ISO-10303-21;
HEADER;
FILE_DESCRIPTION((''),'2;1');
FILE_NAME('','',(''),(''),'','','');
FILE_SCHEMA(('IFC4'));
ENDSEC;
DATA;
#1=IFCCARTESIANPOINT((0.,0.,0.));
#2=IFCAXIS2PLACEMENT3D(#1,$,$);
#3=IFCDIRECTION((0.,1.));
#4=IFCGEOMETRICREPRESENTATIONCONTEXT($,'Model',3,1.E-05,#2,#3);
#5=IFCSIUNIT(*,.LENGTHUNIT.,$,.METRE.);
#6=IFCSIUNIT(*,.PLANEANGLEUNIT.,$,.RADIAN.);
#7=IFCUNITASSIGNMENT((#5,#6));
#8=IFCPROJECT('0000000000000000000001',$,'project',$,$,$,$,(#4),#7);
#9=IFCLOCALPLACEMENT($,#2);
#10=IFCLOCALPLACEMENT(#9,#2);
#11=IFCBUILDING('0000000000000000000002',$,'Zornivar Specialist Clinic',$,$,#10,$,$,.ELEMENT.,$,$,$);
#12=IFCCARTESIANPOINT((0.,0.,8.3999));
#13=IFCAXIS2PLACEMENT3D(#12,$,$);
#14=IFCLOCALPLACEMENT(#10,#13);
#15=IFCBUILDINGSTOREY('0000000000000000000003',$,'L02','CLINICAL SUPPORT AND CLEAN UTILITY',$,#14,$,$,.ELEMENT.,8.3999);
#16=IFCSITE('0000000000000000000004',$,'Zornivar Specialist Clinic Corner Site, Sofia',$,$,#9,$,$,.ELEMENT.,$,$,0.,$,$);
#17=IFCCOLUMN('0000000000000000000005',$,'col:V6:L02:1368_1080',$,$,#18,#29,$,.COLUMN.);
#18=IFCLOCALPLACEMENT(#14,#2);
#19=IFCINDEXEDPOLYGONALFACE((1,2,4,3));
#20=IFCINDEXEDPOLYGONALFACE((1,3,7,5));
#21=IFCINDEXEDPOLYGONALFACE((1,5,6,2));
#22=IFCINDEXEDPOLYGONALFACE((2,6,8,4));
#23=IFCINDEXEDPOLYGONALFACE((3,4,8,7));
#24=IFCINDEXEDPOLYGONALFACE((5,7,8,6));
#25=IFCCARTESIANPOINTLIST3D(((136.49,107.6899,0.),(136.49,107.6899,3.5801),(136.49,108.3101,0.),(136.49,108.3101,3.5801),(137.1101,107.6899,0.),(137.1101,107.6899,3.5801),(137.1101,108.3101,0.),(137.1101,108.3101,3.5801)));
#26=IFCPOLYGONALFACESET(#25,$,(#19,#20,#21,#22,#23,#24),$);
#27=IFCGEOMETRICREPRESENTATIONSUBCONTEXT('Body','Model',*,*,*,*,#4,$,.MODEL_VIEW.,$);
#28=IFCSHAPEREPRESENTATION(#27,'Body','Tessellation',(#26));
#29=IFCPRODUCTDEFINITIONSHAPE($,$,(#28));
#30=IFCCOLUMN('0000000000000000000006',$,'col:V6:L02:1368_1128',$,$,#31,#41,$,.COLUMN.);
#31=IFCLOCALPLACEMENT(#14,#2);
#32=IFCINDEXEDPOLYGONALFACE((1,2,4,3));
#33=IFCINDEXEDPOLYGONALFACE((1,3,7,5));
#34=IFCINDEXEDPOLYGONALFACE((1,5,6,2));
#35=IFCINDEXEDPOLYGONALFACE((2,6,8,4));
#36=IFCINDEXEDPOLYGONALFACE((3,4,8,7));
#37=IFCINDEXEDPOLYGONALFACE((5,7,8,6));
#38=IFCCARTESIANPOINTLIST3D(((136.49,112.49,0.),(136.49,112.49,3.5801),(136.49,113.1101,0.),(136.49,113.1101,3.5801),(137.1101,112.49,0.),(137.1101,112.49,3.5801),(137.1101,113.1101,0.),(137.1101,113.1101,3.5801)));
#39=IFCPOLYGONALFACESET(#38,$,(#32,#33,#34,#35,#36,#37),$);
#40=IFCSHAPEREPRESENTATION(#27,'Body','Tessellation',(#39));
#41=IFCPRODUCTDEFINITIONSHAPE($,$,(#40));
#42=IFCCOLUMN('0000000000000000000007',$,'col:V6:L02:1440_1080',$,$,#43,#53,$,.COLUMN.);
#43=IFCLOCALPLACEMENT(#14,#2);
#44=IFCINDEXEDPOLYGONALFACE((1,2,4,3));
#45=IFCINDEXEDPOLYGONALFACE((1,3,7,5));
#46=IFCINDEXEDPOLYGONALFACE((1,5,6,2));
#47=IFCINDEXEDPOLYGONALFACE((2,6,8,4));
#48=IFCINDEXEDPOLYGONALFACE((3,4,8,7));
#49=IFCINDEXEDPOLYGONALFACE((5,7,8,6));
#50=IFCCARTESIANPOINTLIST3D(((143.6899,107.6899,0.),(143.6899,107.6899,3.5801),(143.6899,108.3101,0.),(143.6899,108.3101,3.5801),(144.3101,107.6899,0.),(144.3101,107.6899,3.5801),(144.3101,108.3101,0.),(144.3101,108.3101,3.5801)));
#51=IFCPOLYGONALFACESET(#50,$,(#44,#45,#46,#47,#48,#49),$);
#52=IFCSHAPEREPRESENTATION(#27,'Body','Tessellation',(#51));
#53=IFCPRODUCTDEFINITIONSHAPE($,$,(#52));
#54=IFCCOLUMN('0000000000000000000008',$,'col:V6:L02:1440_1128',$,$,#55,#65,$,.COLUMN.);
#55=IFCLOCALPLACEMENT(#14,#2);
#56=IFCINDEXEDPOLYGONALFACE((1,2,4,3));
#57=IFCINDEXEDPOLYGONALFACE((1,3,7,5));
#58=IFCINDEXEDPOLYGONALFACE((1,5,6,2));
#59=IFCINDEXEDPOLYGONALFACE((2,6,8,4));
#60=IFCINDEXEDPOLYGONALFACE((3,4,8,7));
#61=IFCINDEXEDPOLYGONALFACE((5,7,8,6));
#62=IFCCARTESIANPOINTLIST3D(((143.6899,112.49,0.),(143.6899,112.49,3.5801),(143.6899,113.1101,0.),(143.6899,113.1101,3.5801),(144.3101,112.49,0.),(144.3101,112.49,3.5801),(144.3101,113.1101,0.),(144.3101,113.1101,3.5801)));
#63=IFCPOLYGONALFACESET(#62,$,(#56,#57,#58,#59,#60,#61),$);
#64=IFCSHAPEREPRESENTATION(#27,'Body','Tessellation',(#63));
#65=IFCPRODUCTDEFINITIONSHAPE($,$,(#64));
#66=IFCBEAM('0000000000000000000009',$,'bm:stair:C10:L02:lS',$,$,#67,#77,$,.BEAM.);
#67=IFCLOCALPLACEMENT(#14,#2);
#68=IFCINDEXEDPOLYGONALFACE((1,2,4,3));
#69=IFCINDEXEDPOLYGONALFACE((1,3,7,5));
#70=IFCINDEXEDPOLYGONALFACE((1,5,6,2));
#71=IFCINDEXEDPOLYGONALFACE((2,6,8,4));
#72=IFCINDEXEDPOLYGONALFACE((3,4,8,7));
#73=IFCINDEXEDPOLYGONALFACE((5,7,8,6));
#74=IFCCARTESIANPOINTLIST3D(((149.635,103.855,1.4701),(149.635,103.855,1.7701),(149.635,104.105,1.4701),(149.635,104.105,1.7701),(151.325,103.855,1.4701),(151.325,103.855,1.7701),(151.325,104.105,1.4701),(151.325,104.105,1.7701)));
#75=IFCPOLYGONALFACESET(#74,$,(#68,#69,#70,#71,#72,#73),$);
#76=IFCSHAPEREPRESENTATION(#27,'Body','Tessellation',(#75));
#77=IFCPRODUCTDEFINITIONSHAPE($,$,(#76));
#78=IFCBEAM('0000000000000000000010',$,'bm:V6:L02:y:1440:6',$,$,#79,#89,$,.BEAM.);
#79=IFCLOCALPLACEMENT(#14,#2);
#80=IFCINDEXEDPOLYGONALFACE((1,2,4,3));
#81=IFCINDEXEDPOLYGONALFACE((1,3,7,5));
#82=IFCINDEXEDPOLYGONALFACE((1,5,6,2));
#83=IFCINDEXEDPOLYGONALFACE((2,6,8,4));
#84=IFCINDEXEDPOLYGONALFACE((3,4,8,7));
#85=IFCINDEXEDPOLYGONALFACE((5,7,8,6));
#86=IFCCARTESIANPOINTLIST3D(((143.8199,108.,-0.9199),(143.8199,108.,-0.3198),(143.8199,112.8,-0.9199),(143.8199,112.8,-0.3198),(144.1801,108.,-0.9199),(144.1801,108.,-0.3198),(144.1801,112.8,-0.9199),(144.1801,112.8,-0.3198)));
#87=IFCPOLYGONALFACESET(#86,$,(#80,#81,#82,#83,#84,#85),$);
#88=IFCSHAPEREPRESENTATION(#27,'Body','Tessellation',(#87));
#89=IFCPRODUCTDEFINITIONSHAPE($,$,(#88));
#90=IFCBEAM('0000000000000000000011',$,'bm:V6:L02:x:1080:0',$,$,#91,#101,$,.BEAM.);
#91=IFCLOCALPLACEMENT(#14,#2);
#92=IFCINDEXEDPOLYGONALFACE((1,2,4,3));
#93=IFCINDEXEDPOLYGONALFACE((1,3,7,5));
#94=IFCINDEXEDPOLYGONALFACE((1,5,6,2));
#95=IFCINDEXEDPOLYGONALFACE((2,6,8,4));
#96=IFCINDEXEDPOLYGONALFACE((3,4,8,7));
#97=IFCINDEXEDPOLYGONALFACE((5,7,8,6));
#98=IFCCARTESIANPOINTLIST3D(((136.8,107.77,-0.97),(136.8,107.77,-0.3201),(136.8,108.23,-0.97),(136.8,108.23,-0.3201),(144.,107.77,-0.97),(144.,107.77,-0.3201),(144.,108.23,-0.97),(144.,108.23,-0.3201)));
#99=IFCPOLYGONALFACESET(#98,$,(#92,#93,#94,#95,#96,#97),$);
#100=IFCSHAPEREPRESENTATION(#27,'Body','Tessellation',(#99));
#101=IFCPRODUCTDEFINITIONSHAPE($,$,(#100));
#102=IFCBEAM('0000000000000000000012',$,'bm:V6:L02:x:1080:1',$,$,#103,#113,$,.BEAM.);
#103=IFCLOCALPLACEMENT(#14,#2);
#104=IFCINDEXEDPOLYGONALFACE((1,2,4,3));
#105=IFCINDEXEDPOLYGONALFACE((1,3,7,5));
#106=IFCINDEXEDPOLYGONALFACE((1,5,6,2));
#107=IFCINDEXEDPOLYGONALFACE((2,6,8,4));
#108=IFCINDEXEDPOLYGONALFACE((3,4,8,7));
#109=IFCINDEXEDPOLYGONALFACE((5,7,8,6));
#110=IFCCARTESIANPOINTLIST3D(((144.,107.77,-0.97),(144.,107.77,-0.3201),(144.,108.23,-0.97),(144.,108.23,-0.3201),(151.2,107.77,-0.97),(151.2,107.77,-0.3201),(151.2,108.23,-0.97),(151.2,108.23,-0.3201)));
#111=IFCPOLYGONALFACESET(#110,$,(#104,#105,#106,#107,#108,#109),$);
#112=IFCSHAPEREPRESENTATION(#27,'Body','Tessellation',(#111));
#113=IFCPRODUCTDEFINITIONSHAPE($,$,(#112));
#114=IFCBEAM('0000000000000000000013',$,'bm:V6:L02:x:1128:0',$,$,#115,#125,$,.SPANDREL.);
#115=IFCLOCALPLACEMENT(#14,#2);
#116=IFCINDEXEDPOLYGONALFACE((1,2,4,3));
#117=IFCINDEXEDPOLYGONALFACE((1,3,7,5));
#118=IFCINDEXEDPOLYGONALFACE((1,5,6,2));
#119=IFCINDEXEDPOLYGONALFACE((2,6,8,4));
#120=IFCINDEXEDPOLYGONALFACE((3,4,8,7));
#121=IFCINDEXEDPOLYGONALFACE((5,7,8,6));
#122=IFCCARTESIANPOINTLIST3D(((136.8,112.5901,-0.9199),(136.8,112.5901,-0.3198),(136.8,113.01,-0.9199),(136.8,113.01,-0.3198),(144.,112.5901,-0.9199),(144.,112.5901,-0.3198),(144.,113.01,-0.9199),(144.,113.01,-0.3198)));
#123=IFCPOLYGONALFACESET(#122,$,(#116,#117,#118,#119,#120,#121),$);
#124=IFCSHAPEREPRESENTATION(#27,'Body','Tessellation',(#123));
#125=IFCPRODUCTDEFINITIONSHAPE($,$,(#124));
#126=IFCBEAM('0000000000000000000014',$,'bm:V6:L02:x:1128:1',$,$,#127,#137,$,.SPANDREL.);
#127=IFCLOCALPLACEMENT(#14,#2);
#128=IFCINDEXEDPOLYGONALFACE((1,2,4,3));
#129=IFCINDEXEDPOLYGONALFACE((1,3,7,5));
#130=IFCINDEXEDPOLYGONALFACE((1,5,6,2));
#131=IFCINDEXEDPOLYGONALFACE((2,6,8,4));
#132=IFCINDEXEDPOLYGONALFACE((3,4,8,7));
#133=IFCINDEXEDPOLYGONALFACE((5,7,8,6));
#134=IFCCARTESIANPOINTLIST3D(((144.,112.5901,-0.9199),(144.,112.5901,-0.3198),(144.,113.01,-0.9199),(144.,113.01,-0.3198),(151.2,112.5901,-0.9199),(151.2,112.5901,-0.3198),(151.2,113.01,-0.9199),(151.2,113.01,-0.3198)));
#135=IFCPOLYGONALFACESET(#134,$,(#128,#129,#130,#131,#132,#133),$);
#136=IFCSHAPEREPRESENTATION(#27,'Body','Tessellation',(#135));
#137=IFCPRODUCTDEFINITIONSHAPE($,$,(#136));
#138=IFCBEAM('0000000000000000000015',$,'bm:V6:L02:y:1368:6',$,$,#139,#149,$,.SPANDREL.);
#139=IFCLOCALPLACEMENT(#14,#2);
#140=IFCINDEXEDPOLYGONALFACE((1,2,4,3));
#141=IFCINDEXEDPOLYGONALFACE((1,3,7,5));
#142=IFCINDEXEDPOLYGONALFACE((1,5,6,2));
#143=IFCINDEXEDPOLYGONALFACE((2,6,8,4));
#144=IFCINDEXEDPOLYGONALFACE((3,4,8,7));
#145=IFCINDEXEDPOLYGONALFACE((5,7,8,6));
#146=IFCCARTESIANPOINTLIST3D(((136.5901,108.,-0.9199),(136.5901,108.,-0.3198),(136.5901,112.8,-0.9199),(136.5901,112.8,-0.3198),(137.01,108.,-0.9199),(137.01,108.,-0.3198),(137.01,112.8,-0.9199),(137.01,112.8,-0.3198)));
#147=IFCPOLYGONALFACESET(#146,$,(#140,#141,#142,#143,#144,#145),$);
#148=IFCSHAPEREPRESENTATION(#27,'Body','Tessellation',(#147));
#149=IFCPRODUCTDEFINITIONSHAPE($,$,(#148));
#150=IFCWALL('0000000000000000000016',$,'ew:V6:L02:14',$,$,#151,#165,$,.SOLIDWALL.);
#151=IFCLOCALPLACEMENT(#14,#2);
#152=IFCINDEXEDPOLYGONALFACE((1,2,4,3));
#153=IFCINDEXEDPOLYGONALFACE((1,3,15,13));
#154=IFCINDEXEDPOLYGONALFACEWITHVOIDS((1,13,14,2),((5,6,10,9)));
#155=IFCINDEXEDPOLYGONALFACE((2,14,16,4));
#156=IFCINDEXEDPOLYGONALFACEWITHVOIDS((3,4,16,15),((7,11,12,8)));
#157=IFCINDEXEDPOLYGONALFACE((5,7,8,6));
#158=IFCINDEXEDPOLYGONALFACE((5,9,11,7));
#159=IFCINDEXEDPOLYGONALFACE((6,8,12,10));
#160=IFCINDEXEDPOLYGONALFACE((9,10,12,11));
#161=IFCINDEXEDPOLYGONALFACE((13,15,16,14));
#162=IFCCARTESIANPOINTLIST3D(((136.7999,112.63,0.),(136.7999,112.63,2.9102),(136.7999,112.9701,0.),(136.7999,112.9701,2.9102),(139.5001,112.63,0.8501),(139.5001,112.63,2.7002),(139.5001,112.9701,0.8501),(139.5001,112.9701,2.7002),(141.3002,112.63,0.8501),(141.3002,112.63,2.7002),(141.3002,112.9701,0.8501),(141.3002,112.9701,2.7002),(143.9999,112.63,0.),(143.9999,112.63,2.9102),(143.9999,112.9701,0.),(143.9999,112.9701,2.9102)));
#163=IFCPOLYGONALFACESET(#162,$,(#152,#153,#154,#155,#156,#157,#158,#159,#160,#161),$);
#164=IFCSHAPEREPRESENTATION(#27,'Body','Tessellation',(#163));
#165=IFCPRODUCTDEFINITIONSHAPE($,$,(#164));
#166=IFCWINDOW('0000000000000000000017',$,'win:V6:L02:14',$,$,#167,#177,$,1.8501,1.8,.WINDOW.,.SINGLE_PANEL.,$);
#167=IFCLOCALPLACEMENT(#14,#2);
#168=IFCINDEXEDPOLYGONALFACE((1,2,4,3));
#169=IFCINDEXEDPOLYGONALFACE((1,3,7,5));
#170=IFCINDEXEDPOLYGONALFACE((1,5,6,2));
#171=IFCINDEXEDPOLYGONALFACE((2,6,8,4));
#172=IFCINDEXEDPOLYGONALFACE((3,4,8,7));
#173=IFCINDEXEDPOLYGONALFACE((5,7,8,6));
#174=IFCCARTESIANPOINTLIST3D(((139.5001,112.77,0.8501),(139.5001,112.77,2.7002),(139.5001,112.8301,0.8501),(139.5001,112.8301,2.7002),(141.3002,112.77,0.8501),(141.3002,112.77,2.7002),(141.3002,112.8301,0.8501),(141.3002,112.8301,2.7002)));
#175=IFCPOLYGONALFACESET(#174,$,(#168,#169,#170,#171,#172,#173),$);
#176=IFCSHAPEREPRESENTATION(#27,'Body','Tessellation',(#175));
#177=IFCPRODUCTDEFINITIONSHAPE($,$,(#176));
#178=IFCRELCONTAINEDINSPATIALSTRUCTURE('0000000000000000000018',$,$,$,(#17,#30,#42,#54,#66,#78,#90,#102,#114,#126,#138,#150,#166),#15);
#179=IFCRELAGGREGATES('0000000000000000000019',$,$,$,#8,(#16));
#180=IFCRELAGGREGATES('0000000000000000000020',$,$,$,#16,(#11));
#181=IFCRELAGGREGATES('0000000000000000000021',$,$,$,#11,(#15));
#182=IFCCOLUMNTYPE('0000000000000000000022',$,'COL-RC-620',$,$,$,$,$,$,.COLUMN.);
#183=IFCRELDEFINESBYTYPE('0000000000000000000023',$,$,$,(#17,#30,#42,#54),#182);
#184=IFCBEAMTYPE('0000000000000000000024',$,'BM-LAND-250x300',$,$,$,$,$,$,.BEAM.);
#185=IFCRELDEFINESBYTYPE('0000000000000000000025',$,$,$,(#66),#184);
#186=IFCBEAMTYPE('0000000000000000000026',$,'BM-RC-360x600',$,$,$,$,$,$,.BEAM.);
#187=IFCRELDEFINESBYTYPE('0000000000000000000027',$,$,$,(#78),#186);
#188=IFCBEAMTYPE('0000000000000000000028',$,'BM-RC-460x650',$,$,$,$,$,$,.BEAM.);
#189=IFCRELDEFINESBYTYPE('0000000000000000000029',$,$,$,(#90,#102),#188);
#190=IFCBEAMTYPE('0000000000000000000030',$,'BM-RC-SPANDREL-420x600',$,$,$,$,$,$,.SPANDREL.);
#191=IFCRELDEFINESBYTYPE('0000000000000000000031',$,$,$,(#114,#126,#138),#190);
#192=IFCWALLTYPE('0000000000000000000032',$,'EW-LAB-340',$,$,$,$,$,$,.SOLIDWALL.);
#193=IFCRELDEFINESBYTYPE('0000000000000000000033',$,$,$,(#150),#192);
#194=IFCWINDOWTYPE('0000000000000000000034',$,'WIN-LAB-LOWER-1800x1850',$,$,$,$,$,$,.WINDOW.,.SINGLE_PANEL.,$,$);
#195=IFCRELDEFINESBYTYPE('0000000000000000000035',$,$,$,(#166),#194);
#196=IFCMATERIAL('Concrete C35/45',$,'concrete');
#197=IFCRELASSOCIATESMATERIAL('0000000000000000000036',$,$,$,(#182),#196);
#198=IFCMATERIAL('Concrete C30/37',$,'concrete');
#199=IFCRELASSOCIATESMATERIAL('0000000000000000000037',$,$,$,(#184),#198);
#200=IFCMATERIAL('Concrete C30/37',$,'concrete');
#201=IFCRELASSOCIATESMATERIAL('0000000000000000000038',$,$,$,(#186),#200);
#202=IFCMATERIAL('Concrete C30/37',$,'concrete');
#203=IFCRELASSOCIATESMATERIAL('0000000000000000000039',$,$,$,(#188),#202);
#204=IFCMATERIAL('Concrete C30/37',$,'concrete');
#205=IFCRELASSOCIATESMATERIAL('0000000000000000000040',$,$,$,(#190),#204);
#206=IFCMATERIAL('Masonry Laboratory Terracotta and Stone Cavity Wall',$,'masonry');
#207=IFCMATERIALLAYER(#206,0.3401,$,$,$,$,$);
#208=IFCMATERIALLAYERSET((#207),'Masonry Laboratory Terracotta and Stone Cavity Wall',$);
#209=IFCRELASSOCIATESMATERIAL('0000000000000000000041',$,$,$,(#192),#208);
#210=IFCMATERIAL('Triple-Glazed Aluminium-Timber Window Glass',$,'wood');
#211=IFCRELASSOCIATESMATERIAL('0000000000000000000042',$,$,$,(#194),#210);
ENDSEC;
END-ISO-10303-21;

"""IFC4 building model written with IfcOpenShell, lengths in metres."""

from ifc_helpers import new_model, si_unit, direction, frame, frame_2d, origin, origin_2d, place, context, subcontext, project, spatial, rectangle, extrude, material, layer, layer_set, material_profile, profile_set, type_object, element, fill, save


model = new_model("IFC4")

# Units and contexts
model_context = context("Model", 3, precision=1e-05, world=origin(), true_north=direction((0.0, 1.0)))
body_context = subcontext(model_context, "Body", "Model", "MODEL_VIEW")
ifc_project = project(units=[si_unit("LENGTHUNIT", "METRE"), si_unit("PLANEANGLEUNIT", "RADIAN")], contexts=[model_context])

# Site, building, storey
site_placement = place(None, origin())
site = spatial("IfcSite", under=ifc_project, at=site_placement, Name="Zornivar Specialist Clinic Corner Site, Sofia", CompositionType="ELEMENT", RefElevation=0.0)
building_placement = place(site_placement, origin())
building = spatial("IfcBuilding", under=site, at=building_placement, Name="Zornivar Specialist Clinic", CompositionType="ELEMENT")
storey_placement = place(building_placement, frame((0.0, 0.0, 8.3999)))
storey = spatial("IfcBuildingStorey", under=building, at=storey_placement, Name="L02", Description="CLINICAL SUPPORT AND CLEAN UTILITY", CompositionType="ELEMENT", Elevation=8.3999)

# Columns
ifc_material_1 = material(Name="Concrete C35/45", Category="concrete")
ifc_material_profile_1 = material_profile(ifc_material_1, rectangle(XDim=0.6201, YDim=0.6201, at=origin_2d()), Name="RC 620x620")
ifc_profile_set_1 = profile_set([ifc_material_profile_1], Name="Concrete C35/45")
column_type = type_object("IfcColumnType", Name="COL-RC-620", PredefinedType="COLUMN", material=ifc_profile_set_1)
for number, where, z_axis, x_axis, name in (
    (1, (136.8, 108.0, 0.0), (0.0, 0.0, 1.0), (1.0, 0.0, 0.0), "col:V6:L02:1368_1080"),
    (2, (136.8, 112.8, 0.0), (0.0, 0.0, 1.0), (1.0, 0.0, 0.0), "col:V6:L02:1368_1128"),
    (3, (144.0, 108.0, 0.0), (0.0, 0.0, 1.0), (1.0, 0.0, 0.0), "col:V6:L02:1440_1080"),
    (4, (144.0, 112.8, 0.0), (0.0, 0.0, 1.0), (1.0, 0.0, 0.0), "col:V6:L02:1440_1128"),
):
    element("IfcColumn", number, at=place(storey_placement, frame(where, z_axis=z_axis, x_axis=x_axis)), inside=storey, type_object=column_type, Name=name, PredefinedType="COLUMN", context=body_context, shape_type="SweptSolid", body=[
        extrude(rectangle(XDim=0.6201, YDim=0.6201, at=origin_2d()), origin(), (0.0, 0.0, 1.0), 3.5801),
    ])

# Beams
ifc_material_2 = material(Name="Concrete C30/37", Category="concrete")
ifc_material_profile_2 = material_profile(ifc_material_2, rectangle(XDim=0.25, YDim=0.3, at=origin_2d()), Name="RC 250x300")
ifc_profile_set_2 = profile_set([ifc_material_profile_2], Name="Concrete C30/37")
beam_type_1 = type_object("IfcBeamType", Name="BM-LAND-250x300", PredefinedType="BEAM", material=ifc_profile_set_2)
beam_1_placement = place(storey_placement, frame((149.635, 103.98, 1.6201), z_axis=(1.0, 0.0, 0.0), x_axis=(0.0, 1.0, 0.0)))
element("IfcBeam", 5, at=beam_1_placement, inside=storey, type_object=beam_type_1, Name="bm:stair:C10:L02:lS", PredefinedType="BEAM", context=body_context, shape_type="SweptSolid", body=[
    extrude(rectangle(XDim=0.25, YDim=0.3, at=origin_2d()), origin(), (0.0, 0.0, 1.0), 1.6899),
])
ifc_material_3 = material(Name="Concrete C30/37", Category="concrete")
ifc_material_profile_3 = material_profile(ifc_material_3, rectangle(XDim=0.3601, YDim=0.6001, at=origin_2d()), Name="RC 360x600")
ifc_profile_set_3 = profile_set([ifc_material_profile_3], Name="Concrete C30/37")
beam_type_2 = type_object("IfcBeamType", Name="BM-RC-360x600", PredefinedType="BEAM", material=ifc_profile_set_3)
beam_2_placement = place(storey_placement, frame((144.0, 108.0, -0.6199), z_axis=(0.0, 1.0, 0.0), x_axis=(-1.0, 0.0, 0.0)))
element("IfcBeam", 6, at=beam_2_placement, inside=storey, type_object=beam_type_2, Name="bm:V6:L02:y:1440:6", PredefinedType="BEAM", context=body_context, shape_type="SweptSolid", body=[
    extrude(rectangle(XDim=0.3601, YDim=0.6001, at=origin_2d()), origin(), (0.0, 0.0, 1.0), 4.8),
])
ifc_material_4 = material(Name="Concrete C30/37", Category="concrete")
ifc_material_profile_4 = material_profile(ifc_material_4, rectangle(XDim=0.46, YDim=0.6499, at=origin_2d()), Name="RC 460x650")
ifc_profile_set_4 = profile_set([ifc_material_profile_4], Name="Concrete C30/37")
beam_type_3 = type_object("IfcBeamType", Name="BM-RC-460x650", PredefinedType="BEAM", material=ifc_profile_set_4)
for number, where, z_axis, x_axis, name in (
    (7, (136.8, 108.0, -0.645), (1.0, 0.0, 0.0), (0.0, 1.0, 0.0), "bm:V6:L02:x:1080:0"),
    (8, (144.0, 108.0, -0.645), (1.0, 0.0, 0.0), (0.0, 1.0, 0.0), "bm:V6:L02:x:1080:1"),
):
    element("IfcBeam", number, at=place(storey_placement, frame(where, z_axis=z_axis, x_axis=x_axis)), inside=storey, type_object=beam_type_3, Name=name, PredefinedType="BEAM", context=body_context, shape_type="SweptSolid", body=[
        extrude(rectangle(XDim=0.46, YDim=0.6499, at=origin_2d()), origin(), (0.0, 0.0, 1.0), 7.2),
    ])
ifc_material_5 = material(Name="Concrete C30/37", Category="concrete")
ifc_material_profile_5 = material_profile(ifc_material_5, rectangle(XDim=0.4199, YDim=0.6001, at=origin_2d()), Name="RC 420x600")
ifc_profile_set_5 = profile_set([ifc_material_profile_5], Name="Concrete C30/37")
beam_type_4 = type_object("IfcBeamType", Name="BM-RC-SPANDREL-420x600", PredefinedType="SPANDREL", material=ifc_profile_set_5)
for number, where, z_axis, x_axis, name in (
    (9, (136.8, 112.8, -0.6199), (1.0, 0.0, 0.0), (0.0, 1.0, 0.0), "bm:V6:L02:x:1128:0"),
    (10, (144.0, 112.8, -0.6199), (1.0, 0.0, 0.0), (0.0, 1.0, 0.0), "bm:V6:L02:x:1128:1"),
):
    element("IfcBeam", number, at=place(storey_placement, frame(where, z_axis=z_axis, x_axis=x_axis)), inside=storey, type_object=beam_type_4, Name=name, PredefinedType="SPANDREL", context=body_context, shape_type="SweptSolid", body=[
        extrude(rectangle(XDim=0.4199, YDim=0.6001, at=origin_2d()), origin(), (0.0, 0.0, 1.0), 7.2),
    ])
beam_3_placement = place(storey_placement, frame((136.8, 108.0, -0.6199), z_axis=(0.0, 1.0, 0.0), x_axis=(-1.0, 0.0, 0.0)))
element("IfcBeam", 11, at=beam_3_placement, inside=storey, type_object=beam_type_4, Name="bm:V6:L02:y:1368:6", PredefinedType="SPANDREL", context=body_context, shape_type="SweptSolid", body=[
    extrude(rectangle(XDim=0.4199, YDim=0.6001, at=origin_2d()), origin(), (0.0, 0.0, 1.0), 4.8),
])

# Wall, opening, window
ifc_material_6 = material(Name="Masonry Laboratory Terracotta and Stone Cavity Wall", Category="masonry")
ifc_layer_1 = layer(ifc_material_6, 0.3401)
ifc_layer_set_1 = layer_set([ifc_layer_1], Name="Masonry Laboratory Terracotta and Stone Cavity Wall")
wall_type_1 = type_object("IfcWallType", Name="EW-LAB-340", PredefinedType="SOLIDWALL", material=ifc_layer_set_1)
wall_1_placement = place(storey_placement, frame((144.0, 112.8, 0.0), z_axis=(0.0, 0.0, 1.0), x_axis=(-1.0, 0.0, 0.0)))
wall_1 = element("IfcWall", 12, at=wall_1_placement, inside=storey, type_object=wall_type_1, Name="ew:V6:L02:14", PredefinedType="SOLIDWALL", context=body_context, shape_type="SweptSolid", body=[
    extrude(rectangle(XDim=7.2, YDim=0.3401, at=frame_2d((3.6001, 0.0))), origin(), (0.0, 0.0, 1.0), 2.9102),
])
opening_1_placement = place(wall_1_placement, frame((2.7, 0.0, 0.8501)))
opening_1 = element("IfcOpeningElement", 13, at=opening_1_placement, cuts=wall_1, PredefinedType="OPENING", context=body_context, shape_type="SweptSolid", body=[
    extrude(rectangle(XDim=1.8, YDim=1.8501, at=frame_2d((0.8999, 0.925))), frame((0.0, 0.1799, 0.0), z_axis=(0.0, -1.0, 0.0), x_axis=(1.0, 0.0, 0.0)), (0.0, 0.0, 1.0), 0.3601),
])
ifc_material_7 = material(Name="Triple-Glazed Aluminium-Timber Window Glass", Category="wood")
window_type_1 = type_object("IfcWindowType", Name="WIN-LAB-LOWER-1800x1850", PartitioningType="SINGLE_PANEL", PredefinedType="WINDOW", material=ifc_material_7)
window_1_placement = place(opening_1_placement, origin())
window_1 = element("IfcWindow", 14, at=window_1_placement, inside=storey, type_object=window_type_1, Name="win:V6:L02:14", OverallHeight=1.8501, OverallWidth=1.8, PartitioningType="SINGLE_PANEL", PredefinedType="WINDOW", context=body_context, shape_type="SweptSolid", body=[
    extrude(rectangle(XDim=1.8, YDim=1.8501, at=frame_2d((0.8999, 0.925))), frame((0.0, 0.03, 0.0), z_axis=(0.0, -1.0, 0.0), x_axis=(1.0, 0.0, 0.0)), (0.0, 0.0, 1.0), 0.0601),
])
fill(opening_1, window_1)

save(model, "model.ifc")
